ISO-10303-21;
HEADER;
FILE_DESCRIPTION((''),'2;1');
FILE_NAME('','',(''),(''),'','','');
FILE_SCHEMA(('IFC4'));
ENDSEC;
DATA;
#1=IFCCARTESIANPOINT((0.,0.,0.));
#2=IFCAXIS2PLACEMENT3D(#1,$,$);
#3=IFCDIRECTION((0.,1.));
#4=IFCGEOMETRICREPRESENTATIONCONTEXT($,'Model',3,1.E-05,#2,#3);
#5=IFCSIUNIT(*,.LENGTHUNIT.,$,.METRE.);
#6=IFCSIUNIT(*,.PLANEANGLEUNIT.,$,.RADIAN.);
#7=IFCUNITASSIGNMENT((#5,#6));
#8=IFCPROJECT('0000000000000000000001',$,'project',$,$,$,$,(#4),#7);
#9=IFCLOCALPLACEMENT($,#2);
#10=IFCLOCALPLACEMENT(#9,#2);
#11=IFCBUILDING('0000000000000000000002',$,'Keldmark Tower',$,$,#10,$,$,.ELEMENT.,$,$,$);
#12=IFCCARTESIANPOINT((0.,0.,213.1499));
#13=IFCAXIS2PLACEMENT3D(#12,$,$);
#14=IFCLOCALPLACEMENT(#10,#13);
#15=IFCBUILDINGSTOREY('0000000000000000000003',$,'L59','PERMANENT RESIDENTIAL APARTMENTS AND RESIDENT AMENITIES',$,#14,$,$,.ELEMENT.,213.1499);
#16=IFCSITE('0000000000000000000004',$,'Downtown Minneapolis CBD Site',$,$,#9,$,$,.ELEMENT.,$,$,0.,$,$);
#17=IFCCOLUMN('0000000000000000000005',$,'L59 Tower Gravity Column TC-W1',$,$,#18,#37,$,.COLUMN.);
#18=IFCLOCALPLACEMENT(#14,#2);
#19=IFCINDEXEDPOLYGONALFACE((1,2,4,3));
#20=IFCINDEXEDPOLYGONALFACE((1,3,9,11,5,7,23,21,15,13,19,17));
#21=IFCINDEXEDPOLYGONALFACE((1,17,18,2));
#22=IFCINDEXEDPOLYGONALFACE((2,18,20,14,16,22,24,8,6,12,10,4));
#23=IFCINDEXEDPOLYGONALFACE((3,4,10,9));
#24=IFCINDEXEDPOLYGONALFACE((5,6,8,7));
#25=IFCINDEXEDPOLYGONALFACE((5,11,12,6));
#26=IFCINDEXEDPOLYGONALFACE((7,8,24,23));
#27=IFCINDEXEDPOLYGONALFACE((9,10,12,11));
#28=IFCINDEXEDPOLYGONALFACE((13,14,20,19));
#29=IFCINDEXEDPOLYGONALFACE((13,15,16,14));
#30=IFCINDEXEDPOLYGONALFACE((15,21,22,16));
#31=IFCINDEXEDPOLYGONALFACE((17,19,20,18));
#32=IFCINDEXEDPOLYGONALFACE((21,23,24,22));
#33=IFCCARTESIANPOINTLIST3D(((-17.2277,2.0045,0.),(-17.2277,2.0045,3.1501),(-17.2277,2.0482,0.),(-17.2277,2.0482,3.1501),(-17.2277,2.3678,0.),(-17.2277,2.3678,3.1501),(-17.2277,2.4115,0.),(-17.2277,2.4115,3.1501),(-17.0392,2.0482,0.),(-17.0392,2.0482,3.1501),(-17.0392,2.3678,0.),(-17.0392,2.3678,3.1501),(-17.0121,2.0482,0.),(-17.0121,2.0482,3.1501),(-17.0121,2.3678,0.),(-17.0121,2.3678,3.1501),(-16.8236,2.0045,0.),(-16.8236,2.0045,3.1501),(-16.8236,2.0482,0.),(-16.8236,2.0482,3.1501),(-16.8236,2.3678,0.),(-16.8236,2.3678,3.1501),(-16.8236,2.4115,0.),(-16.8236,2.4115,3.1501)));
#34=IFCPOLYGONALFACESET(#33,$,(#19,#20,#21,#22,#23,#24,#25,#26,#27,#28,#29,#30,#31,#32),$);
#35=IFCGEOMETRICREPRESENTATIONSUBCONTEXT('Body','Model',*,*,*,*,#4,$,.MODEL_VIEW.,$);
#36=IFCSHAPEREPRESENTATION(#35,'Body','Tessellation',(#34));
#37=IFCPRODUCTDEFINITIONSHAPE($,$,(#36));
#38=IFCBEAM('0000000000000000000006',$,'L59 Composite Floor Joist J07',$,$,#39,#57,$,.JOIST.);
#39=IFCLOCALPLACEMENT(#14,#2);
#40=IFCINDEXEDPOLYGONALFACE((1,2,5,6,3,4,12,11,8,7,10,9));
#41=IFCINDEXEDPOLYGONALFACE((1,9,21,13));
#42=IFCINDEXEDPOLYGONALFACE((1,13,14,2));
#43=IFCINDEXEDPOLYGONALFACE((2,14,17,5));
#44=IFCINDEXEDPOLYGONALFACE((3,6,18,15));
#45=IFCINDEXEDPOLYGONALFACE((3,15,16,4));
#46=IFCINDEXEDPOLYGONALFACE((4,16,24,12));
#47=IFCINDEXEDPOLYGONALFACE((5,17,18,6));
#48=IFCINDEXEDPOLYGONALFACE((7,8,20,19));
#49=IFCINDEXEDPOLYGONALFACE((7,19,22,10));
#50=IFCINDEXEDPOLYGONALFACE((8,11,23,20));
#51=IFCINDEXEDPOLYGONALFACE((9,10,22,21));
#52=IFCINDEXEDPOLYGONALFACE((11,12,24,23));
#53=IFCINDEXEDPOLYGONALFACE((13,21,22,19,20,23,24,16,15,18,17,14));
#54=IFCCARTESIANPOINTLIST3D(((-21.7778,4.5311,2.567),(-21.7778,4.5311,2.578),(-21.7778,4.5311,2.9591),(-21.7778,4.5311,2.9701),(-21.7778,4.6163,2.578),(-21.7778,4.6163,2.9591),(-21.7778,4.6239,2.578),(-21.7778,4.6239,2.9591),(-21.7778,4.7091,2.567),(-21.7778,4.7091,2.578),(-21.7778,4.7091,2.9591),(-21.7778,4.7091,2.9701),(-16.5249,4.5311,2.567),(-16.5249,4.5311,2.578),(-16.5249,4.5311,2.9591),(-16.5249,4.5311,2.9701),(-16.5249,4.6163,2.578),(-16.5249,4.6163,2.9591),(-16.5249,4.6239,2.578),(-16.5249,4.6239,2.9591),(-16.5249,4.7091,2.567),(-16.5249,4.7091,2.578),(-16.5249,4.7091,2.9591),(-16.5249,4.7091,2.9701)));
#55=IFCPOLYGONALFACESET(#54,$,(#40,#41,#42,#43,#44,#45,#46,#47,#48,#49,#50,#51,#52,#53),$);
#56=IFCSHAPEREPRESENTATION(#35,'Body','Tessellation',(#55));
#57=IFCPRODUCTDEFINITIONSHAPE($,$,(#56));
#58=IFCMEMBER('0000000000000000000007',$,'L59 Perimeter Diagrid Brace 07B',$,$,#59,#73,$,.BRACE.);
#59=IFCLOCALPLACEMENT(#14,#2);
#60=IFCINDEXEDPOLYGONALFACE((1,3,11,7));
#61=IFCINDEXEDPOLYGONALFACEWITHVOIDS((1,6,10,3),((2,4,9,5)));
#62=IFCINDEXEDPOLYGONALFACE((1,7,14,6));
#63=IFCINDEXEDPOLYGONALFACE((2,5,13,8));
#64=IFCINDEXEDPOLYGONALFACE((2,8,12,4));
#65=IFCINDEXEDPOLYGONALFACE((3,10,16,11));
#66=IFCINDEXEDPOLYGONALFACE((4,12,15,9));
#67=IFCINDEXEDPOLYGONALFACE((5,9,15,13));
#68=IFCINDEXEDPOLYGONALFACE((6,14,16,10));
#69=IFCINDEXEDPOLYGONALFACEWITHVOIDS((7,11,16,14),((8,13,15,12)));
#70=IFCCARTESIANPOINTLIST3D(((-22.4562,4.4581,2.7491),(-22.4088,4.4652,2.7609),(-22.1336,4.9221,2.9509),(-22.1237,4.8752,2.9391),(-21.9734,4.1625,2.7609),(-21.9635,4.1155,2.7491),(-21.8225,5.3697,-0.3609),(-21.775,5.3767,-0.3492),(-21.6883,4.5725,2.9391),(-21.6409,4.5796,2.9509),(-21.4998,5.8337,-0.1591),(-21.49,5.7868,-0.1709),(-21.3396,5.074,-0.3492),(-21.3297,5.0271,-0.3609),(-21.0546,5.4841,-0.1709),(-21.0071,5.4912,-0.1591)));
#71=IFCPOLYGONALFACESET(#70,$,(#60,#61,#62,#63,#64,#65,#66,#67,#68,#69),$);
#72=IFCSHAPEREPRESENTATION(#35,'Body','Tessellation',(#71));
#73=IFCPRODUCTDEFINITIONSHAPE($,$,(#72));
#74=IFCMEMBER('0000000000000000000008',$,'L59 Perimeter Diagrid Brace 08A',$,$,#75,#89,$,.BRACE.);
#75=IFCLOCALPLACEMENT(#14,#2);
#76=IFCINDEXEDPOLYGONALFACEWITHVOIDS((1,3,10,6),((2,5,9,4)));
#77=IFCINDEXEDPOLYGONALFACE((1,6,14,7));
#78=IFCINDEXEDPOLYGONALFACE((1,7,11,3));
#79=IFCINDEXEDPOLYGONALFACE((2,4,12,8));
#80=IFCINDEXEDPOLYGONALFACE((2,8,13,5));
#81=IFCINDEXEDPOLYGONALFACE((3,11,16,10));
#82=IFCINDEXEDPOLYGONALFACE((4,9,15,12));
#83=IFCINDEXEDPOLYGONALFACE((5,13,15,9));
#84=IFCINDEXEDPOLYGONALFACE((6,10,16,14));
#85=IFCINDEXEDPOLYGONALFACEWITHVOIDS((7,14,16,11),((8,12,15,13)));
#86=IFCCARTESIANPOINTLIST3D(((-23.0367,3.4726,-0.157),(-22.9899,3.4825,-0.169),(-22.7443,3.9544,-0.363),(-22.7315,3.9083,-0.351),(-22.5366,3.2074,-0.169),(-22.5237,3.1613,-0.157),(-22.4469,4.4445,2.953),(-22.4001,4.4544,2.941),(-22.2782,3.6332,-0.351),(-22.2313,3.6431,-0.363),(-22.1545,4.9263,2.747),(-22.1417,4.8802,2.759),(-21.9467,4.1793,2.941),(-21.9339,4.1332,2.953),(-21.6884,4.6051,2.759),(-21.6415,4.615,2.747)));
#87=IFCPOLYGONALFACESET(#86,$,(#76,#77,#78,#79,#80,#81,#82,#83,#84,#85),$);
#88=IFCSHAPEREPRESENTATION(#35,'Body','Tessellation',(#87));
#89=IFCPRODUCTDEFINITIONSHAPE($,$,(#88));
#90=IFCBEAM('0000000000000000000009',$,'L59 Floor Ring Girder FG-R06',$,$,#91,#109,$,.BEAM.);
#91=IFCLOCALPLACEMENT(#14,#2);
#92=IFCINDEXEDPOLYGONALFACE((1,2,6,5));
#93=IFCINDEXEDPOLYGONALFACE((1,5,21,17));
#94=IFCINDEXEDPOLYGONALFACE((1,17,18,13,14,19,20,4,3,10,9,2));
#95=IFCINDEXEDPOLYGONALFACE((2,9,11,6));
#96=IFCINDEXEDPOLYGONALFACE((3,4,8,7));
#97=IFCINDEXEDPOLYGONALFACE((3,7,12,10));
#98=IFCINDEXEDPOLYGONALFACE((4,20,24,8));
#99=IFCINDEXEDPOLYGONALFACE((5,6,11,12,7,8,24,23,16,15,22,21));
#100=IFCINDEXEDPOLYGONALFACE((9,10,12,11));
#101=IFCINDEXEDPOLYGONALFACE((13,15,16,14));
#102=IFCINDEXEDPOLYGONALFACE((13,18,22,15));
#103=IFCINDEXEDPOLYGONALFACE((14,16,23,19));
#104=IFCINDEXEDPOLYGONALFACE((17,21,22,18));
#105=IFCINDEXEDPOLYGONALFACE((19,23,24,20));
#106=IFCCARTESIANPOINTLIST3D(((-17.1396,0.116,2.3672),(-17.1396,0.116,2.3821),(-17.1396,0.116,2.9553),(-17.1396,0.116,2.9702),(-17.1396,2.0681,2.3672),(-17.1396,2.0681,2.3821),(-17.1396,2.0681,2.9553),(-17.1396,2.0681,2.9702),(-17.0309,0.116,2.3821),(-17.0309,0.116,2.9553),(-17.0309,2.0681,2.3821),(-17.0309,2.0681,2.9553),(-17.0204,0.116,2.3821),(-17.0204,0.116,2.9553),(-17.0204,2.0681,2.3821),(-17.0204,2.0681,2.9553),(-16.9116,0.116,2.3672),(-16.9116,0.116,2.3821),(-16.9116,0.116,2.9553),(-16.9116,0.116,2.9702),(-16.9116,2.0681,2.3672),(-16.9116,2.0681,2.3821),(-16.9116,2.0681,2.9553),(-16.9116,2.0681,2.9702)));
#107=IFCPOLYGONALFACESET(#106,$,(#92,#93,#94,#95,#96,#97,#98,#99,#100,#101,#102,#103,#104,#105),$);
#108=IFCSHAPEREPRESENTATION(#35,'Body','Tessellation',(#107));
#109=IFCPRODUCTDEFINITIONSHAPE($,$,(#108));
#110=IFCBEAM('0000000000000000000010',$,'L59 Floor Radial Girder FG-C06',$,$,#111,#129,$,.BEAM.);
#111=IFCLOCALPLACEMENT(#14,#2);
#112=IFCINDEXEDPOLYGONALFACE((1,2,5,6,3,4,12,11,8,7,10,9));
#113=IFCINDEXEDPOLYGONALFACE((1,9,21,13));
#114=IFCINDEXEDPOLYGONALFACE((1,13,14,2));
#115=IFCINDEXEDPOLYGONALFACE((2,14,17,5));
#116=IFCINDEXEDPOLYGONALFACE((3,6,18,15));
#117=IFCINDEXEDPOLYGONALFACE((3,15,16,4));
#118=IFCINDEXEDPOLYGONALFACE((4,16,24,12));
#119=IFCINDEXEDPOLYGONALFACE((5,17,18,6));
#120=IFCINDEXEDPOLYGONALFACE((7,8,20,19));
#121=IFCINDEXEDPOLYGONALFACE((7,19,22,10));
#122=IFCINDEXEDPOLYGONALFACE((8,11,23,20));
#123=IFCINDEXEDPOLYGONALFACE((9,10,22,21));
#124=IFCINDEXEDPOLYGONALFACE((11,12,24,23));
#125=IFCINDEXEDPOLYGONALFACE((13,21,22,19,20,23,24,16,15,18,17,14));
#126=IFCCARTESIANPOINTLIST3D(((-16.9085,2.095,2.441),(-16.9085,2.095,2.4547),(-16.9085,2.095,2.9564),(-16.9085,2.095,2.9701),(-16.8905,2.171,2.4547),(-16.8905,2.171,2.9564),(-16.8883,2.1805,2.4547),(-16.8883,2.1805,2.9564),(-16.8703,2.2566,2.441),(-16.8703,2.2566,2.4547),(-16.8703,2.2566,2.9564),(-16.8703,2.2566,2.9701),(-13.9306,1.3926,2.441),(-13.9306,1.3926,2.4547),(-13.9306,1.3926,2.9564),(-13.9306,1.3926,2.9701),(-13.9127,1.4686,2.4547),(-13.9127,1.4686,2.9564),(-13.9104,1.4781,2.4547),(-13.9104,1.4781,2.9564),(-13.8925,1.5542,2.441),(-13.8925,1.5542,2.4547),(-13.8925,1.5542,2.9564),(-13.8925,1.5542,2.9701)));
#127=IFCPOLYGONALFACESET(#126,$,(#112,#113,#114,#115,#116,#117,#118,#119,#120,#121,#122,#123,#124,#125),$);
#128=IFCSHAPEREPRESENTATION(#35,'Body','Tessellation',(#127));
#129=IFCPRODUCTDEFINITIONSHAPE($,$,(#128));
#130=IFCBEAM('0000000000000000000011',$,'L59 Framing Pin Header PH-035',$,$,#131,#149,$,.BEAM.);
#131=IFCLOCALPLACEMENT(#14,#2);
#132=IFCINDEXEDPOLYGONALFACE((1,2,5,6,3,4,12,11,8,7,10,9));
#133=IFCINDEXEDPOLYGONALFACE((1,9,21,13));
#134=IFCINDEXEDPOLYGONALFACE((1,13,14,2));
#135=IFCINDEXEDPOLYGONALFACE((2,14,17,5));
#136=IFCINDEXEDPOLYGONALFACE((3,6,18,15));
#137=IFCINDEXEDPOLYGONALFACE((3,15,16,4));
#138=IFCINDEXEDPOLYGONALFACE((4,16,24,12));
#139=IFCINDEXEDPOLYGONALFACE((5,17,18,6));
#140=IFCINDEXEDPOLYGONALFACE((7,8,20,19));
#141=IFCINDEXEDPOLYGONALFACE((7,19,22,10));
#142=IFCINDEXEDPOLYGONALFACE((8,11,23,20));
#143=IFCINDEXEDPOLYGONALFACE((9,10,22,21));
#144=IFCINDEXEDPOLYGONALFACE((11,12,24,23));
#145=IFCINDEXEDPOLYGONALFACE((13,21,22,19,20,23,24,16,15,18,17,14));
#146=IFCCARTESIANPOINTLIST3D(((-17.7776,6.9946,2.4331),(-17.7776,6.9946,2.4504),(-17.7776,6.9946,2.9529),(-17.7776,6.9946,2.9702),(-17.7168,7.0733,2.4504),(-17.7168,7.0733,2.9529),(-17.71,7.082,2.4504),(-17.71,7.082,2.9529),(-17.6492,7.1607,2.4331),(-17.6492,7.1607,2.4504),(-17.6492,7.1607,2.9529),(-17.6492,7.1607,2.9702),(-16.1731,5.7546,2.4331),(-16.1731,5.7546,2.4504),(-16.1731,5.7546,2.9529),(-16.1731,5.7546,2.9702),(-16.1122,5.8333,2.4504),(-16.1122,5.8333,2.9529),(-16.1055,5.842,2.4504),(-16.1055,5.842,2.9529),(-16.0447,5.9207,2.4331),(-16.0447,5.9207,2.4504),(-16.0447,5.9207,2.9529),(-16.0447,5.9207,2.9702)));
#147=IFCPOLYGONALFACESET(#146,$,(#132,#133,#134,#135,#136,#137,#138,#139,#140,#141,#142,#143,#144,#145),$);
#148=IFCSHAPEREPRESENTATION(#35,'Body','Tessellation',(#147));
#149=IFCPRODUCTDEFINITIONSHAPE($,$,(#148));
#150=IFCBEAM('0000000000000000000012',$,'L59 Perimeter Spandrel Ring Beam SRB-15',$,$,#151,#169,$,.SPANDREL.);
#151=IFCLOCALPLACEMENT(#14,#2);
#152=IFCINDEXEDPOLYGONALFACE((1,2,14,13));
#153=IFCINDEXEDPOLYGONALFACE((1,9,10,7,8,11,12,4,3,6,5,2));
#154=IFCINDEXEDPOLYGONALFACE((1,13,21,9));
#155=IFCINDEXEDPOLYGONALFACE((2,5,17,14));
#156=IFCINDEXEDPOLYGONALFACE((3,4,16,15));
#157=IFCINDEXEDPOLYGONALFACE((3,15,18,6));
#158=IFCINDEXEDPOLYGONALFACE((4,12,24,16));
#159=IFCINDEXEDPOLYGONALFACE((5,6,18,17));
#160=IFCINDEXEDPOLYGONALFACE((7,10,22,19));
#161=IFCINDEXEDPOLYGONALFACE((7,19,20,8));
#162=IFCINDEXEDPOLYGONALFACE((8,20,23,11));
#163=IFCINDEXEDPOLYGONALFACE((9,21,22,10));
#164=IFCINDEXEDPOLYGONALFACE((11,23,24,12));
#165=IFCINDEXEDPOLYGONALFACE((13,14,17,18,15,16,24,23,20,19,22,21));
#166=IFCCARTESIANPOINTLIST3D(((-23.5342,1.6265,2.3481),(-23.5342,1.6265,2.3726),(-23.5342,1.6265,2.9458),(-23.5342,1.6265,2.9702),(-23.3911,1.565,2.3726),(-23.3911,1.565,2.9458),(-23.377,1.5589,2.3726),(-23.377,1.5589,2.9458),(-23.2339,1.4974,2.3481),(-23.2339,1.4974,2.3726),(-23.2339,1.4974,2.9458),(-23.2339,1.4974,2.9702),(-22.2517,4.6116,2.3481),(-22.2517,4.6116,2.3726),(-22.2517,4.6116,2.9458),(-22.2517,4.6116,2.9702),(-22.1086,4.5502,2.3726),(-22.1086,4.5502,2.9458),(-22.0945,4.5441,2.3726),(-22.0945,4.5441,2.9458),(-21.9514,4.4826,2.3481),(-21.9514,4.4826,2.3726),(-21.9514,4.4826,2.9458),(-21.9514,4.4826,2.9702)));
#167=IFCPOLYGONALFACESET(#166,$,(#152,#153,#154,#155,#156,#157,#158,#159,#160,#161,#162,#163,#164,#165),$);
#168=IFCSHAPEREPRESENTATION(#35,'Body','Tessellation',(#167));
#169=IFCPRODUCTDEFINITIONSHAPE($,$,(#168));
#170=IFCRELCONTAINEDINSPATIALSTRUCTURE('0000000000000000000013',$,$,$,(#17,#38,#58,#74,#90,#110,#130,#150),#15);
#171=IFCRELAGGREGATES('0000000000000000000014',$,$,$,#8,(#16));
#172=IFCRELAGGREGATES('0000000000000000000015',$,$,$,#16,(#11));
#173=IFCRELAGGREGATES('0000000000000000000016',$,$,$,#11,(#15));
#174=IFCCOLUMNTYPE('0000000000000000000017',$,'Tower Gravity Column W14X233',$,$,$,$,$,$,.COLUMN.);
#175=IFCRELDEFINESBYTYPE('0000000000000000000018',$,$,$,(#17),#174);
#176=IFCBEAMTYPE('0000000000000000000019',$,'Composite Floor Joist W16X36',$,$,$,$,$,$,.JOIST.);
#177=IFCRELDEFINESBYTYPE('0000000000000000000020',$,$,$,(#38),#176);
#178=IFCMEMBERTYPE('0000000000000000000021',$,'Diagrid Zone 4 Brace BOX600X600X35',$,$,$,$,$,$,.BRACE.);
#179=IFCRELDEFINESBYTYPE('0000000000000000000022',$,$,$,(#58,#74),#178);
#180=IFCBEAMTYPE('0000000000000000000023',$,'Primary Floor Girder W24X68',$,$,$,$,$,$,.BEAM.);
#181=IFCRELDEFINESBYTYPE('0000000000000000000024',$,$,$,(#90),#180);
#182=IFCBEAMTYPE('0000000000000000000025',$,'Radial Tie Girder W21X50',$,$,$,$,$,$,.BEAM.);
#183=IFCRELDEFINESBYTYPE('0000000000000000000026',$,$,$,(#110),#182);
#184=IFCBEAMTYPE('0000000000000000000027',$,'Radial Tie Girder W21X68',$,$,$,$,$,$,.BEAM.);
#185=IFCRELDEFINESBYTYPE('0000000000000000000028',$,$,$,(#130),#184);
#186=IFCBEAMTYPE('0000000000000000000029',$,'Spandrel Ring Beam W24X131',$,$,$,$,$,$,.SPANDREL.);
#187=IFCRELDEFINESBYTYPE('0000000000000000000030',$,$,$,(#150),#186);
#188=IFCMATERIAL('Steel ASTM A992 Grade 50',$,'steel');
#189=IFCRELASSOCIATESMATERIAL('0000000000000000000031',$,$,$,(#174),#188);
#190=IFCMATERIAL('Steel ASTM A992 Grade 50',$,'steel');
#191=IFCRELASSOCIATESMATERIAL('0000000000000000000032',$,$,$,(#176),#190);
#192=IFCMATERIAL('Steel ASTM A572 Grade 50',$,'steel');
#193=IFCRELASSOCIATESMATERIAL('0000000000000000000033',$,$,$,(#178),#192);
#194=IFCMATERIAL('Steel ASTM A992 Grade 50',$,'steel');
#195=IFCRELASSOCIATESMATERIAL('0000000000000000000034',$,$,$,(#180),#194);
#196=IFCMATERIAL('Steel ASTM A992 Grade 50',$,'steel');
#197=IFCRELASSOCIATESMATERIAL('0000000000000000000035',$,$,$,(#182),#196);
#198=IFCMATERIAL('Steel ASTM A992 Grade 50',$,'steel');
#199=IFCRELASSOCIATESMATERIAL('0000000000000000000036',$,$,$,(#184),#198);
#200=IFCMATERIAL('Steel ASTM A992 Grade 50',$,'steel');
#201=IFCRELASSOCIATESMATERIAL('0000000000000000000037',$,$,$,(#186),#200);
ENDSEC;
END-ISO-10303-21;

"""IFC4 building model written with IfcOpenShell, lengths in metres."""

from ifc_helpers import new_model, si_unit, direction, frame, origin, origin_2d, place, context, subcontext, project, spatial, hollow_rectangle, i_section, extrude, material, material_profile, profile_set, type_object, element, save


model = new_model("IFC4")

# Units and contexts
model_context = context("Model", 3, precision=1e-05, world=origin(), true_north=direction((0.0, 1.0)))
body_context = subcontext(model_context, "Body", "Model", "MODEL_VIEW")
ifc_project = project(units=[si_unit("LENGTHUNIT", "METRE"), si_unit("PLANEANGLEUNIT", "RADIAN")], contexts=[model_context])

# Site, building, storey
site_placement = place(None, origin())
site = spatial("IfcSite", under=ifc_project, at=site_placement, Name="Downtown Minneapolis CBD Site", CompositionType="ELEMENT", RefElevation=0.0)
building_placement = place(site_placement, origin())
building = spatial("IfcBuilding", under=site, at=building_placement, Name="Keldmark Tower", CompositionType="ELEMENT")
storey_placement = place(building_placement, frame((0.0, 0.0, 213.1499)))
storey = spatial("IfcBuildingStorey", under=building, at=storey_placement, Name="L59", Description="PERMANENT RESIDENTIAL APARTMENTS AND RESIDENT AMENITIES", CompositionType="ELEMENT", Elevation=213.1499)

# Column
ifc_material_1 = material(Name="Steel ASTM A992 Grade 50", Category="steel")
ifc_material_profile_1 = material_profile(ifc_material_1, i_section(OverallWidth=0.4041, OverallDepth=0.407, WebThickness=0.0271, FlangeThickness=0.0437, at=origin_2d()), Name="W14X233")
ifc_profile_set_1 = profile_set([ifc_material_profile_1], Name="Steel ASTM A992 Grade 50")
column_type = type_object("IfcColumnType", Name="Tower Gravity Column W14X233", PredefinedType="COLUMN", material=ifc_profile_set_1)
column_placement = place(storey_placement, frame((-17.0256, 2.208, 0.0), z_axis=(0.0, 0.0, 1.0), x_axis=(1.0, 0.0, 0.0)))
element("IfcColumn", 1, at=column_placement, inside=storey, type_object=column_type, Name="L59 Tower Gravity Column TC-W1", PredefinedType="COLUMN", context=body_context, shape_type="SweptSolid", body=[
    extrude(i_section(OverallWidth=0.4041, OverallDepth=0.407, WebThickness=0.0271, FlangeThickness=0.0437, at=origin_2d()), origin(), (0.0, 0.0, 1.0), 3.1501),
])

# Beam
ifc_material_2 = material(Name="Steel ASTM A992 Grade 50", Category="steel")
ifc_material_profile_2 = material_profile(ifc_material_2, i_section(OverallWidth=0.178, OverallDepth=0.4031, WebThickness=0.0076, FlangeThickness=0.011, at=origin_2d()), Name="W16X36")
ifc_profile_set_2 = profile_set([ifc_material_profile_2], Name="Steel ASTM A992 Grade 50")
beam_type_1 = type_object("IfcBeamType", Name="Composite Floor Joist W16X36", PredefinedType="JOIST", material=ifc_profile_set_2)
beam_1_placement = place(storey_placement, frame((-21.7778, 4.6201, 2.7686), z_axis=(1.0, 0.0, 0.0), x_axis=(0.0, 1.0, 0.0)))
element("IfcBeam", 2, at=beam_1_placement, inside=storey, type_object=beam_type_1, Name="L59 Composite Floor Joist J07", PredefinedType="JOIST", context=body_context, shape_type="SweptSolid", body=[
    extrude(i_section(OverallWidth=0.178, OverallDepth=0.4031, WebThickness=0.0076, FlangeThickness=0.011, at=origin_2d()), origin(), (0.0, 0.0, 1.0), 5.2529),
])

# Members
ifc_material_3 = material(Name="Steel ASTM A572 Grade 50", Category="steel")
ifc_material_profile_3 = material_profile(ifc_material_3, hollow_rectangle(XDim=0.6001, YDim=0.6001, WallThickness=0.0349, at=origin_2d()), Name="BOX600X600X35")
ifc_profile_set_3 = profile_set([ifc_material_profile_3], Name="Steel ASTM A572 Grade 50")
member_type = type_object("IfcMemberType", Name="Diagrid Zone 4 Brace BOX600X600X35", PredefinedType="BRACE", material=ifc_profile_set_3)
member_1_placement = place(storey_placement, frame((-21.4148, 5.4304, -0.26), z_axis=(-0.191921, -0.276052, 0.941786), x_axis=(0.821067, -0.570833, 0.0)))
element("IfcMember", 3, at=member_1_placement, inside=storey, type_object=member_type, Name="L59 Perimeter Diagrid Brace 07B", PredefinedType="BRACE", context=body_context, shape_type="SweptSolid", body=[
    extrude(hollow_rectangle(XDim=0.6001, YDim=0.6001, WallThickness=0.0349, at=origin_2d()), origin(), (0.0, 0.0, 1.0), 3.3022),
])
member_2_placement = place(storey_placement, frame((-22.634, 3.5579, -0.26), z_axis=(0.178126, 0.293509, 0.939214), x_axis=(-0.854886, 0.518816, 0.0)))
element("IfcMember", 4, at=member_2_placement, inside=storey, type_object=member_type, Name="L59 Perimeter Diagrid Brace 08A", PredefinedType="BRACE", context=body_context, shape_type="SweptSolid", body=[
    extrude(hollow_rectangle(XDim=0.6001, YDim=0.6001, WallThickness=0.0349, at=origin_2d()), origin(), (0.0, 0.0, 1.0), 3.3113),
])

# Beams
ifc_material_4 = material(Name="Steel ASTM A992 Grade 50", Category="steel")
ifc_material_profile_4 = material_profile(ifc_material_4, i_section(OverallWidth=0.228, OverallDepth=0.603, WebThickness=0.0105, FlangeThickness=0.0149, at=origin_2d()), Name="W24X68")
ifc_profile_set_4 = profile_set([ifc_material_profile_4], Name="Steel ASTM A992 Grade 50")
beam_type_2 = type_object("IfcBeamType", Name="Primary Floor Girder W24X68", PredefinedType="BEAM", material=ifc_profile_set_4)
beam_2_placement = place(storey_placement, frame((-17.0256, 2.0681, 2.6687), z_axis=(0.0, -1.0, 0.0), x_axis=(1.0, 0.0, 0.0)))
element("IfcBeam", 5, at=beam_2_placement, inside=storey, type_object=beam_type_2, Name="L59 Floor Ring Girder FG-R06", PredefinedType="BEAM", context=body_context, shape_type="SweptSolid", body=[
    extrude(i_section(OverallWidth=0.228, OverallDepth=0.603, WebThickness=0.0105, FlangeThickness=0.0149, at=origin_2d()), origin(), (0.0, 0.0, 1.0), 1.9521),
])
ifc_material_5 = material(Name="Steel ASTM A992 Grade 50", Category="steel")
ifc_material_profile_5 = material_profile(ifc_material_5, i_section(OverallWidth=0.166, OverallDepth=0.5291, WebThickness=0.0098, FlangeThickness=0.0137, at=origin_2d()), Name="W21X50")
ifc_profile_set_5 = profile_set([ifc_material_profile_5], Name="Steel ASTM A992 Grade 50")
beam_type_3 = type_object("IfcBeamType", Name="Radial Tie Girder W21X50", PredefinedType="BEAM", material=ifc_profile_set_5)
beam_3_placement = place(storey_placement, frame((-16.8894, 2.1758, 2.7056), z_axis=(0.97329, -0.229577, 0.0), x_axis=(0.229577, 0.97329, 0.0)))
element("IfcBeam", 6, at=beam_3_placement, inside=storey, type_object=beam_type_3, Name="L59 Floor Radial Girder FG-C06", PredefinedType="BEAM", context=body_context, shape_type="SweptSolid", body=[
    extrude(i_section(OverallWidth=0.166, OverallDepth=0.5291, WebThickness=0.0098, FlangeThickness=0.0137, at=origin_2d()), origin(), (0.0, 0.0, 1.0), 3.0596),
])
ifc_material_6 = material(Name="Steel ASTM A992 Grade 50", Category="steel")
ifc_material_profile_6 = material_profile(ifc_material_6, i_section(OverallWidth=0.21, OverallDepth=0.5371, WebThickness=0.011, FlangeThickness=0.0173, at=origin_2d()), Name="W21X68")
ifc_profile_set_6 = profile_set([ifc_material_profile_6], Name="Steel ASTM A992 Grade 50")
beam_type_4 = type_object("IfcBeamType", Name="Radial Tie Girder W21X68", PredefinedType="BEAM", material=ifc_profile_set_6)
beam_4_placement = place(storey_placement, frame((-16.1089, 5.8376, 2.7017), z_axis=(-0.791248, 0.611495, 0.0), x_axis=(-0.611495, -0.791248, 0.0)))
element("IfcBeam", 7, at=beam_4_placement, inside=storey, type_object=beam_type_4, Name="L59 Framing Pin Header PH-035", PredefinedType="BEAM", context=body_context, shape_type="SweptSolid", body=[
    extrude(i_section(OverallWidth=0.21, OverallDepth=0.5371, WebThickness=0.011, FlangeThickness=0.0173, at=origin_2d()), origin(), (0.0, 0.0, 1.0), 2.0278),
])
ifc_material_7 = material(Name="Steel ASTM A992 Grade 50", Category="steel")
ifc_material_profile_7 = material_profile(ifc_material_7, i_section(OverallWidth=0.3269, OverallDepth=0.6221, WebThickness=0.0154, FlangeThickness=0.0244, at=origin_2d()), Name="W24X131")
ifc_profile_set_7 = profile_set([ifc_material_profile_7], Name="Steel ASTM A992 Grade 50")
beam_type_5 = type_object("IfcBeamType", Name="Spandrel Ring Beam W24X131", PredefinedType="SPANDREL", material=ifc_profile_set_7)
beam_5_placement = place(storey_placement, frame((-22.1016, 4.5471, 2.6592), z_axis=(-0.394735, -0.918795, 0.0), x_axis=(0.918795, -0.394735, 0.0)))
element("IfcBeam", 8, at=beam_5_placement, inside=storey, type_object=beam_type_5, Name="L59 Perimeter Spandrel Ring Beam SRB-15", PredefinedType="SPANDREL", context=body_context, shape_type="SweptSolid", body=[
    extrude(i_section(OverallWidth=0.3269, OverallDepth=0.6221, WebThickness=0.0154, FlangeThickness=0.0244, at=origin_2d()), origin(), (0.0, 0.0, 1.0), 3.249),
])

save(model, "model.ifc")
